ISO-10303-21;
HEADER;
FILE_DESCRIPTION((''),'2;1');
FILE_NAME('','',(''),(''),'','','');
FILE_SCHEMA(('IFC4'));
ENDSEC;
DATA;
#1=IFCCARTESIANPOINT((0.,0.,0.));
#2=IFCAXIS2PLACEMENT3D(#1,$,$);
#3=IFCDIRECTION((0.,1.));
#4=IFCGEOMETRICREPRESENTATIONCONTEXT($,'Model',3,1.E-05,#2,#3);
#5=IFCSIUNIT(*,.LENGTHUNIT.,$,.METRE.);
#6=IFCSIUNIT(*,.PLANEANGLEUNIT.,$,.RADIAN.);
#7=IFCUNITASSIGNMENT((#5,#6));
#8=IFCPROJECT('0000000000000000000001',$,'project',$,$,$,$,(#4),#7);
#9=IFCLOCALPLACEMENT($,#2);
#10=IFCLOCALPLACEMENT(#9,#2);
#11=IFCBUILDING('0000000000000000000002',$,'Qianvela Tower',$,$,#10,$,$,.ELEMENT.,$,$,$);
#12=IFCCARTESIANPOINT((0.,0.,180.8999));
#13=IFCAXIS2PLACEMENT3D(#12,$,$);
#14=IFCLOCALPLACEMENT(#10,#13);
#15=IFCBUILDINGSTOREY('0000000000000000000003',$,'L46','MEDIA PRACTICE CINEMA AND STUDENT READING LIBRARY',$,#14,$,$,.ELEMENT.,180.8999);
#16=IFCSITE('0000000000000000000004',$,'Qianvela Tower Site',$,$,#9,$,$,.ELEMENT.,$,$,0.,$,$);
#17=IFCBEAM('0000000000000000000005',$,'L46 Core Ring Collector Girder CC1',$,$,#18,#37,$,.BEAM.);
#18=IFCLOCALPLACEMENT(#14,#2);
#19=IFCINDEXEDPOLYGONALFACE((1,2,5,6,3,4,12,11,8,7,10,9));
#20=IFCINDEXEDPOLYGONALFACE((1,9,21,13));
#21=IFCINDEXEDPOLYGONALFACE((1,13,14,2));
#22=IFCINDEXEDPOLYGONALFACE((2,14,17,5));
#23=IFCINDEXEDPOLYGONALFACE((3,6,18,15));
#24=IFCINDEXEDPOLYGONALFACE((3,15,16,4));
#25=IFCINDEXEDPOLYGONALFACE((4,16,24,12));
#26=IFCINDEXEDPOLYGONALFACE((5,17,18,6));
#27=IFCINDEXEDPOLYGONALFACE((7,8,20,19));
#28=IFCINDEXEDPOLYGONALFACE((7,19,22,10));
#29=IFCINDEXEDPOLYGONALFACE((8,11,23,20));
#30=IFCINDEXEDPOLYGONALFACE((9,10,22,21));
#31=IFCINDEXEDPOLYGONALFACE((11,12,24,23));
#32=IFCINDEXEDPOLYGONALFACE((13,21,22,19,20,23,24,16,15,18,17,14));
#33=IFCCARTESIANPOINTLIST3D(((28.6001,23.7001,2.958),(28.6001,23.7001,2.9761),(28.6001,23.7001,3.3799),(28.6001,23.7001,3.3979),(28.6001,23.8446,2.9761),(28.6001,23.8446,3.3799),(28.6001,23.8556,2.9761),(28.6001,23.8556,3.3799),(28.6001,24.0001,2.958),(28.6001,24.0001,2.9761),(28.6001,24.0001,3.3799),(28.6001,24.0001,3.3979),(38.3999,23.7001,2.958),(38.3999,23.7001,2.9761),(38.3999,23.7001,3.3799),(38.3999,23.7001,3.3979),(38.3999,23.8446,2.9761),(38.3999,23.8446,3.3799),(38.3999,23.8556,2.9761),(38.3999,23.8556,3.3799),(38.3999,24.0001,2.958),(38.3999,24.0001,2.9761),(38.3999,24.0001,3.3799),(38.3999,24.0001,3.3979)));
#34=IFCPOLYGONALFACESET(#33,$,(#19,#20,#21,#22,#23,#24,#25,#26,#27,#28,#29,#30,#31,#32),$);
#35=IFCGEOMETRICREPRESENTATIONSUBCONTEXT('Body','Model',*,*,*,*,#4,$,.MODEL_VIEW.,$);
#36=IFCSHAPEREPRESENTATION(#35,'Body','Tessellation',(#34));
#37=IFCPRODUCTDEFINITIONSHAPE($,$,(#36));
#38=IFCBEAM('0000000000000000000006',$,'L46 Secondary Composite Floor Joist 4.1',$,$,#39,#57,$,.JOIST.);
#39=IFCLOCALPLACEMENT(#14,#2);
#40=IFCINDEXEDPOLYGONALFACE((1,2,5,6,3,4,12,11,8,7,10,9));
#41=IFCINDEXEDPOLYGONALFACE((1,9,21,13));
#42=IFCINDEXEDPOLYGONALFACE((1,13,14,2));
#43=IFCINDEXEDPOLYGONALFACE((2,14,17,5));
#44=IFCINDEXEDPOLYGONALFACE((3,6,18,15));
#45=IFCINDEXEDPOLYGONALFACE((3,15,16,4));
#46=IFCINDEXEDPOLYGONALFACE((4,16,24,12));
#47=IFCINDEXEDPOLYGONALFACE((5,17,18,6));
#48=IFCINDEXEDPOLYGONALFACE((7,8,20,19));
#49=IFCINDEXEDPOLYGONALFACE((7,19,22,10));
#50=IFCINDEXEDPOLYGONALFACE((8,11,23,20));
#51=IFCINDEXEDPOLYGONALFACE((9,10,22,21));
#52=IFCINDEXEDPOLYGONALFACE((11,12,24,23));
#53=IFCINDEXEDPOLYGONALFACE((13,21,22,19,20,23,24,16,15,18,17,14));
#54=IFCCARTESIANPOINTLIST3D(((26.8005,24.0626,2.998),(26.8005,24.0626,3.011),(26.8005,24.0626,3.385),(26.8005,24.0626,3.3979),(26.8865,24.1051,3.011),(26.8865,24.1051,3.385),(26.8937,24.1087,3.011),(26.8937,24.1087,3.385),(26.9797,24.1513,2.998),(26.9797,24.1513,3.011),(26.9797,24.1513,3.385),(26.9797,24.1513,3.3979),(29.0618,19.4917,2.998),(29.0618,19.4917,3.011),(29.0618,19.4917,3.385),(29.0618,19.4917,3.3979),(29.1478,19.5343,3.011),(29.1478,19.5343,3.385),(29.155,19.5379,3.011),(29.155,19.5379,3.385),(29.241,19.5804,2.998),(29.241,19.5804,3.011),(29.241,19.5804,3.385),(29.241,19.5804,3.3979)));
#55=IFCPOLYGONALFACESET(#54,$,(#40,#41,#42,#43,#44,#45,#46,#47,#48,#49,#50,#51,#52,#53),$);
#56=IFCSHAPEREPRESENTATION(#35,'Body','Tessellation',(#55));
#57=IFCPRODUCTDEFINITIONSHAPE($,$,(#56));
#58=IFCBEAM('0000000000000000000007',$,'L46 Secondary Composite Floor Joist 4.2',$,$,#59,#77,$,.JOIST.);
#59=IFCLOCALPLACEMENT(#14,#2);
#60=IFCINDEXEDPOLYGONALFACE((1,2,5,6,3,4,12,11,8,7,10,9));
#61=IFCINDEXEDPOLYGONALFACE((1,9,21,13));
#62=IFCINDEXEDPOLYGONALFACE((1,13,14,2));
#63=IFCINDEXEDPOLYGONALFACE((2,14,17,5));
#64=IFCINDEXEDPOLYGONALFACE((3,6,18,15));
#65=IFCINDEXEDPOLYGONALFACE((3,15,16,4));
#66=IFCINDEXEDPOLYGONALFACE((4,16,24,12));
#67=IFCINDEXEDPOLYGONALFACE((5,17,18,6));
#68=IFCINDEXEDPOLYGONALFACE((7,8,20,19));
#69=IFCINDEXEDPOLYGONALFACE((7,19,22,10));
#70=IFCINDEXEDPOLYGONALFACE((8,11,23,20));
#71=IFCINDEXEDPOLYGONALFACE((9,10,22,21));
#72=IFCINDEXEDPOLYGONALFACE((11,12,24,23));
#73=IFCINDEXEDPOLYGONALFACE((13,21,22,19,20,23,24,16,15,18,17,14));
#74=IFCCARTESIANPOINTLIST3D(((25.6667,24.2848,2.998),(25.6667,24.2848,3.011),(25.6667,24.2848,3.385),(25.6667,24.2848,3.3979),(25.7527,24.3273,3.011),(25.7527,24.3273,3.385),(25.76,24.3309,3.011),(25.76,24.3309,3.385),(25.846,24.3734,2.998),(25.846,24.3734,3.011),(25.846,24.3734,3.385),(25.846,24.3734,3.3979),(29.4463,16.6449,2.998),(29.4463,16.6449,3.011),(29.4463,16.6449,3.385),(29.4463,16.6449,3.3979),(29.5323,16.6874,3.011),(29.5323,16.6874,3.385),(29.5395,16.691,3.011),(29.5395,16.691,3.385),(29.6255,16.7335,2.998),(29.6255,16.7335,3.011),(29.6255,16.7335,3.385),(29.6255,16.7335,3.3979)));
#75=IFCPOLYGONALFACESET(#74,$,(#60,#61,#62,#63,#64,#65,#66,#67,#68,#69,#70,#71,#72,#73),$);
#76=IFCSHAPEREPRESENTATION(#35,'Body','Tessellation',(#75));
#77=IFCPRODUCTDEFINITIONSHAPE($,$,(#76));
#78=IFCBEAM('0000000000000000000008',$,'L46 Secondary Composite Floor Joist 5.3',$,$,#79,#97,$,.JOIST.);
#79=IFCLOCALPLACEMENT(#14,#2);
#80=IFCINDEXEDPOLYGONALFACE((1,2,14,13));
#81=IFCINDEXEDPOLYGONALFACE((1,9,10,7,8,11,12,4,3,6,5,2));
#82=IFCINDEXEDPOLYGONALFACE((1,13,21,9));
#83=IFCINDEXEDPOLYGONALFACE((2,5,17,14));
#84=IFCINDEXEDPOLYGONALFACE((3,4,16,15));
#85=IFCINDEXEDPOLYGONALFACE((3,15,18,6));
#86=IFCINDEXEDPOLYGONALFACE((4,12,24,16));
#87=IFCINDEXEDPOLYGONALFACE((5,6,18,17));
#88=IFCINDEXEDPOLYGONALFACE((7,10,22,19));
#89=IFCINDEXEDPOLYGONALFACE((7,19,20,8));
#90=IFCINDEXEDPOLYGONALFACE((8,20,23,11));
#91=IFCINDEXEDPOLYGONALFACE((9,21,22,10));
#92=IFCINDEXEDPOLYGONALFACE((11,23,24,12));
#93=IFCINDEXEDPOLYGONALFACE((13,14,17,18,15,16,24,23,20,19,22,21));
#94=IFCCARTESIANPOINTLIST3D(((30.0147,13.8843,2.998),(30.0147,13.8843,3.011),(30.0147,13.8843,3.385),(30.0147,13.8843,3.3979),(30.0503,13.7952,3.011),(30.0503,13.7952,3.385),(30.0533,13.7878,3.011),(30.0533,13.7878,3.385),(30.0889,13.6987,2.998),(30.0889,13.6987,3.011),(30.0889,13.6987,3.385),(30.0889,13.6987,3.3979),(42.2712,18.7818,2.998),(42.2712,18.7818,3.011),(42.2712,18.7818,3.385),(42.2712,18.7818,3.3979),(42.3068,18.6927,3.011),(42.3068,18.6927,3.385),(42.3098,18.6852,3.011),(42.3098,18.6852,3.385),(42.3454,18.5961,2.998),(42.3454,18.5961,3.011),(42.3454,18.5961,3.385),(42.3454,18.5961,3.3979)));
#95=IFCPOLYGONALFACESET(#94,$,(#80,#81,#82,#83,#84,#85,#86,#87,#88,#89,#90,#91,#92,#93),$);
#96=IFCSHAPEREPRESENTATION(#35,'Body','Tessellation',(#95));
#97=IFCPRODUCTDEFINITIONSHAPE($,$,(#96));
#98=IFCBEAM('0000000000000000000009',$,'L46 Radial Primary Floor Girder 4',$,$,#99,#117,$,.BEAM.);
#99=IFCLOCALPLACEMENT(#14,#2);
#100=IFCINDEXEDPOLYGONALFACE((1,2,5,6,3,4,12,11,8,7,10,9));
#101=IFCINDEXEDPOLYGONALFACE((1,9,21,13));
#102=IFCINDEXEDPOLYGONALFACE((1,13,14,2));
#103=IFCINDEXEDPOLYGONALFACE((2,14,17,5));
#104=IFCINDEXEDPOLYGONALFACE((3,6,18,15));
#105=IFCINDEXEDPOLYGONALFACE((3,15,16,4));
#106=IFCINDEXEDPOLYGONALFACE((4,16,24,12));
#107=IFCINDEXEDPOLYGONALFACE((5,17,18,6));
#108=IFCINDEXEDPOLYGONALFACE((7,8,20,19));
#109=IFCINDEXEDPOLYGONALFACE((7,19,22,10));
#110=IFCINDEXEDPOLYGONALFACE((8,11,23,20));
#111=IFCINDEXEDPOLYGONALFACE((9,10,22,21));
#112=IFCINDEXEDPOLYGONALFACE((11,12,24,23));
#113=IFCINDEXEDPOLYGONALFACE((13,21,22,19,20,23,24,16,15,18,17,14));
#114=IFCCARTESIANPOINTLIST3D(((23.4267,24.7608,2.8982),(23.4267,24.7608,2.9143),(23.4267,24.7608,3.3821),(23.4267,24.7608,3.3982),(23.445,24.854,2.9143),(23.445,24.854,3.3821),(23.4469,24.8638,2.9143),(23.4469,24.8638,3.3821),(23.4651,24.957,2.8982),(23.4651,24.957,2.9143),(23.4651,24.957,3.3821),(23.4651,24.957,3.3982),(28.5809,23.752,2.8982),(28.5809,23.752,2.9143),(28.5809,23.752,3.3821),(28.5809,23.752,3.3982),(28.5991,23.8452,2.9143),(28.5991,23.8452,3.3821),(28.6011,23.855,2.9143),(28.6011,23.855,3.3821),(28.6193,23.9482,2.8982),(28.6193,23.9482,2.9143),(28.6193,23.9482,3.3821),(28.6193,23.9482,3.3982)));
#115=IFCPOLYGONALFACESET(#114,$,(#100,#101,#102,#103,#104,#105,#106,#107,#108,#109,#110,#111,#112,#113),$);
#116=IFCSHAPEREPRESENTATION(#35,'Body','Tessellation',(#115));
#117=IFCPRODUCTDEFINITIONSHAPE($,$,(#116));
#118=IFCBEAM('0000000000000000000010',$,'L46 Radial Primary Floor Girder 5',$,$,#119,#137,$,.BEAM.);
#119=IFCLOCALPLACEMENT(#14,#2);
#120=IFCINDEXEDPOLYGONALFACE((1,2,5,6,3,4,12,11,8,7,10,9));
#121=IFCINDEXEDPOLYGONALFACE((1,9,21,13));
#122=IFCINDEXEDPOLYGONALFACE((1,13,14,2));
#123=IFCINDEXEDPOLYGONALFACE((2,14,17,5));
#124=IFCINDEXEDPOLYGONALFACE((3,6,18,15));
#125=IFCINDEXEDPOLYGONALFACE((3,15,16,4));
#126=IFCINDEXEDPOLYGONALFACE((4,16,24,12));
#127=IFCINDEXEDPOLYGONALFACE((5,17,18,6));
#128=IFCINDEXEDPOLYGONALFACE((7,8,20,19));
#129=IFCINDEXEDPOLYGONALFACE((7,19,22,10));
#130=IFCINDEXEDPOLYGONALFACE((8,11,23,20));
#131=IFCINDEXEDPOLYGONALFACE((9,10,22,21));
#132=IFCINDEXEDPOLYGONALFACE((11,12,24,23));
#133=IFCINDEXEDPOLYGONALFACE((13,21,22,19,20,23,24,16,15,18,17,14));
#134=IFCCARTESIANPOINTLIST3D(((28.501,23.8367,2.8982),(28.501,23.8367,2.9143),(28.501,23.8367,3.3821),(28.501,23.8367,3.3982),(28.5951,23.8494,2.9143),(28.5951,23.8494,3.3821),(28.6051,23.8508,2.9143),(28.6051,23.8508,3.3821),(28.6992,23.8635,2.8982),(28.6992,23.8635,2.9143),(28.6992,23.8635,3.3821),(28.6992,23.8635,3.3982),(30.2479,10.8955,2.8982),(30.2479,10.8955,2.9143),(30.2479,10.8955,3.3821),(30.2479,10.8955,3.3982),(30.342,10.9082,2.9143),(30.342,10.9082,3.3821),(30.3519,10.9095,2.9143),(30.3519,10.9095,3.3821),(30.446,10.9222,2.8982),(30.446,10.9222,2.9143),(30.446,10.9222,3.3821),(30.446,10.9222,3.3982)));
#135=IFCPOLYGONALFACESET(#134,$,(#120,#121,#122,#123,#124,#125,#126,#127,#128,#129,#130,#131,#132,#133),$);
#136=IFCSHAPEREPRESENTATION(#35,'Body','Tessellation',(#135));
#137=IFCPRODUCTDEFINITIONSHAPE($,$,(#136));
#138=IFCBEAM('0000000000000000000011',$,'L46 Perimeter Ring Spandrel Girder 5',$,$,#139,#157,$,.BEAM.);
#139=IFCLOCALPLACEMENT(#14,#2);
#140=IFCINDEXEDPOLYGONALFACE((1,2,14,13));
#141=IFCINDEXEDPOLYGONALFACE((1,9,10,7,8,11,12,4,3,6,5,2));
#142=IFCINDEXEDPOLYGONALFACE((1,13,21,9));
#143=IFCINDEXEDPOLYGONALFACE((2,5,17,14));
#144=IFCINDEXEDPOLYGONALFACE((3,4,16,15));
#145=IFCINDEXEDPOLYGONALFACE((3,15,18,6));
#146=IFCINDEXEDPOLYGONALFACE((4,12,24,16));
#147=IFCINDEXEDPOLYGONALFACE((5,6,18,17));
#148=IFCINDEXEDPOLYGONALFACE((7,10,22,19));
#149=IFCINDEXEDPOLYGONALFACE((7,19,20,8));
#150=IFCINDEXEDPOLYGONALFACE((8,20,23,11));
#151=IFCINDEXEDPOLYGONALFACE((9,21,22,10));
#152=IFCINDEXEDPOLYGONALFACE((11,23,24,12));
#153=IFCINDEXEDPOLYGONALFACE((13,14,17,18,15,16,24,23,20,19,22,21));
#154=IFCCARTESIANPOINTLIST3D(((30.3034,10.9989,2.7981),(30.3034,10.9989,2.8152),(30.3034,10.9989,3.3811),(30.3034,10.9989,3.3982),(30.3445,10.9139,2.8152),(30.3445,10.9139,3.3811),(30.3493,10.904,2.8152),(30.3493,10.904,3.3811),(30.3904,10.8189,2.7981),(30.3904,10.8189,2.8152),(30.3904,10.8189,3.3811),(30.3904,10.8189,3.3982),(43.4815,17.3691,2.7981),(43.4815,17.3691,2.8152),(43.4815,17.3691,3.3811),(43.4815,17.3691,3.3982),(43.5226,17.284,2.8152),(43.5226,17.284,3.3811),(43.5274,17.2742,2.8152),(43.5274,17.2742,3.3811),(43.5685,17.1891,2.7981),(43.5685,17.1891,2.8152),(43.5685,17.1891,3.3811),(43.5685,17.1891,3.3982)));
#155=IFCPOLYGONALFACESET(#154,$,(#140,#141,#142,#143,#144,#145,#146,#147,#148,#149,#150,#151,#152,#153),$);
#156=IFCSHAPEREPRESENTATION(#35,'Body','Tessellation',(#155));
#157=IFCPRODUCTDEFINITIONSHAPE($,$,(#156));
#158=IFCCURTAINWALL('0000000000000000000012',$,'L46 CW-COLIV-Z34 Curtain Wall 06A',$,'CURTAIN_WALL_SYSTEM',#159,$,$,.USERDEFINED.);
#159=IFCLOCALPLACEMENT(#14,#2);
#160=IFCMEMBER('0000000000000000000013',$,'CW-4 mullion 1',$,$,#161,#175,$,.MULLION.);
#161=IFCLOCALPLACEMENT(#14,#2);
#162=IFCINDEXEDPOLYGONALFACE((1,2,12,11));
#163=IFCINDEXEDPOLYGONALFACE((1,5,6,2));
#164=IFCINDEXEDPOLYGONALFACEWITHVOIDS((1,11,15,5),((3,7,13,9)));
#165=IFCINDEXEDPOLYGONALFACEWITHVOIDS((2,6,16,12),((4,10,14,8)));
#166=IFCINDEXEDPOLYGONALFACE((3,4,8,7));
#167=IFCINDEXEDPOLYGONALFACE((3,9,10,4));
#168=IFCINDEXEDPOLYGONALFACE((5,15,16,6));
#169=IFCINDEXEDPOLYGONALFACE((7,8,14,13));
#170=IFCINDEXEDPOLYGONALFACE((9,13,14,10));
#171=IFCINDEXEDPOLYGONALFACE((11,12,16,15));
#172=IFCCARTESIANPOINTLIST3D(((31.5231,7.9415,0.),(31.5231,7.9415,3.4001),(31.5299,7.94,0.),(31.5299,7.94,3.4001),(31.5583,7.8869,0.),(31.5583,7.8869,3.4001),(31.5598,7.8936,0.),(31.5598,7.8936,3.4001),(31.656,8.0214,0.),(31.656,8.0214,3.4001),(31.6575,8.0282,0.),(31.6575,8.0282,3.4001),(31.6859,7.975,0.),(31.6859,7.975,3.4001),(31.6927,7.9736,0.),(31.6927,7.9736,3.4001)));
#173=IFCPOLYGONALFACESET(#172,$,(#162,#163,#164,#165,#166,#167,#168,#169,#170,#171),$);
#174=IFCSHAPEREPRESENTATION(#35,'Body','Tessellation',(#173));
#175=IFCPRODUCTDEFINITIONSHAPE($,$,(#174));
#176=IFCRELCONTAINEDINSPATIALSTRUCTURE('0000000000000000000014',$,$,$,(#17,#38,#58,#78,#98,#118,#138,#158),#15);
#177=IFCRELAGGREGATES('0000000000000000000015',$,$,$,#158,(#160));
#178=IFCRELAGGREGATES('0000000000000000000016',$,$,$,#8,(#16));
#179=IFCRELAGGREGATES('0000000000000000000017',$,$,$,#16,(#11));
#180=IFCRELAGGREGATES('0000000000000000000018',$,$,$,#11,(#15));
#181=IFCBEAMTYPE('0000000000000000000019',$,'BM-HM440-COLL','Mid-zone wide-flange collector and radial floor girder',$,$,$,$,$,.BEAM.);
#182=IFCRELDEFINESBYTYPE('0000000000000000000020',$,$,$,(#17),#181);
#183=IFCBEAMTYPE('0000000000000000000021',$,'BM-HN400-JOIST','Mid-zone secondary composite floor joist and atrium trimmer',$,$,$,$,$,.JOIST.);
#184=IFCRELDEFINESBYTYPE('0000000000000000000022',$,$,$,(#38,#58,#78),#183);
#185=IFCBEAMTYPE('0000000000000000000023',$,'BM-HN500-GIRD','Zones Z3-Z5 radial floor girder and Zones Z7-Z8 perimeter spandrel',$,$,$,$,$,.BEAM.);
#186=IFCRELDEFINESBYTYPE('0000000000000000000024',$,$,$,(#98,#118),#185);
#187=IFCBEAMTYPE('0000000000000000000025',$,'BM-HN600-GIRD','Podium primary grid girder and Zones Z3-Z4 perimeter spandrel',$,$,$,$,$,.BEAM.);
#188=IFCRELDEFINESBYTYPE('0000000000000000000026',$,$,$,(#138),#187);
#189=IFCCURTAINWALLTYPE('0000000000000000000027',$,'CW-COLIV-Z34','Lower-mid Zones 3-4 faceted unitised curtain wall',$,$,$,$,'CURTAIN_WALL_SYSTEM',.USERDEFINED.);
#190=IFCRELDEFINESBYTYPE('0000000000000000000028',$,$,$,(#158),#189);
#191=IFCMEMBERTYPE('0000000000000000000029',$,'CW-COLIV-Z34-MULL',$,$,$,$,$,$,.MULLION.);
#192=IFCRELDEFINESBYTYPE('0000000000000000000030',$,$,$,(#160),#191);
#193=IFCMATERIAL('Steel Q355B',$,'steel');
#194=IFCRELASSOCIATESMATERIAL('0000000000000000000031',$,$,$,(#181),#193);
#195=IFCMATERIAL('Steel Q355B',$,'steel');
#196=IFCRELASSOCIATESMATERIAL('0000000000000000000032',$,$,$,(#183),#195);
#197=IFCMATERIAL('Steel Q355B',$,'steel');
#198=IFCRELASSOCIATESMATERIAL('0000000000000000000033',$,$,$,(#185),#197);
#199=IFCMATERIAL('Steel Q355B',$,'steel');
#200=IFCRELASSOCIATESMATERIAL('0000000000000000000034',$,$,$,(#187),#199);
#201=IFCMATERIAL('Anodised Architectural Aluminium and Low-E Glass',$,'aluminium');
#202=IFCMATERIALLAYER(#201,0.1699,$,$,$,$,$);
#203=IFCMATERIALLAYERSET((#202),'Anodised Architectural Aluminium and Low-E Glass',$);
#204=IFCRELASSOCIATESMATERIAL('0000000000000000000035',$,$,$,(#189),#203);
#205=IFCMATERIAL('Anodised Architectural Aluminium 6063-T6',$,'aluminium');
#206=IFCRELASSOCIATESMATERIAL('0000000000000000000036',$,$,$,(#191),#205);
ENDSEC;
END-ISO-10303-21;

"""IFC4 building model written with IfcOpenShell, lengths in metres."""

from ifc_helpers import new_model, si_unit, direction, frame, origin, origin_2d, place, context, subcontext, project, spatial, hollow_rectangle, i_section, extrude, material, layer, layer_set, material_profile, profile_set, type_object, element, aggregate, save


model = new_model("IFC4")

# Units and contexts
model_context = context("Model", 3, precision=1e-05, world=origin(), true_north=direction((0.0, 1.0)))
body_context = subcontext(model_context, "Body", "Model", "MODEL_VIEW")
ifc_project = project(units=[si_unit("LENGTHUNIT", "METRE"), si_unit("PLANEANGLEUNIT", "RADIAN")], contexts=[model_context])

# Site, building, storey
site_placement = place(None, origin())
site = spatial("IfcSite", under=ifc_project, at=site_placement, Name="Qianvela Tower Site", CompositionType="ELEMENT", RefElevation=0.0)
building_placement = place(site_placement, origin())
building = spatial("IfcBuilding", under=site, at=building_placement, Name="Qianvela Tower", CompositionType="ELEMENT")
storey_placement = place(building_placement, frame((0.0, 0.0, 180.8999)))
storey = spatial("IfcBuildingStorey", under=building, at=storey_placement, Name="L46", Description="MEDIA PRACTICE CINEMA AND STUDENT READING LIBRARY", CompositionType="ELEMENT", Elevation=180.8999)

# Beams
ifc_material_1 = material(Name="Steel Q355B", Category="steel")
ifc_material_profile_1 = material_profile(ifc_material_1, i_section(OverallWidth=0.3, OverallDepth=0.4399, WebThickness=0.011, FlangeThickness=0.0181, at=origin_2d()), Name="HM440x300x11x18")
ifc_profile_set_1 = profile_set([ifc_material_profile_1], Name="Steel Q355B")
beam_type_1 = type_object("IfcBeamType", Name="BM-HM440-COLL", Description="Mid-zone wide-flange collector and radial floor girder", PredefinedType="BEAM", material=ifc_profile_set_1)
beam_1_placement = place(storey_placement, frame((28.6001, 23.8501, 3.178), z_axis=(1.0, 0.0, 0.0), x_axis=(0.0, 1.0, 0.0)))
element("IfcBeam", 1, at=beam_1_placement, inside=storey, type_object=beam_type_1, Name="L46 Core Ring Collector Girder CC1", PredefinedType="BEAM", context=body_context, shape_type="SweptSolid", body=[
    extrude(i_section(OverallWidth=0.3, OverallDepth=0.4399, WebThickness=0.011, FlangeThickness=0.0181, at=origin_2d()), origin(), (0.0, 0.0, 1.0), 9.7998),
])
ifc_material_2 = material(Name="Steel Q355B", Category="steel")
ifc_material_profile_2 = material_profile(ifc_material_2, i_section(OverallWidth=0.2, OverallDepth=0.3999, WebThickness=0.0081, FlangeThickness=0.0129, at=origin_2d()), Name="HN400x200x8x13")
ifc_profile_set_2 = profile_set([ifc_material_profile_2], Name="Steel Q355B")
beam_type_2 = type_object("IfcBeamType", Name="BM-HN400-JOIST", Description="Mid-zone secondary composite floor joist and atrium trimmer", PredefinedType="JOIST", material=ifc_profile_set_2)
beam_2_placement = place(storey_placement, frame((26.8901, 24.1069, 3.198), z_axis=(0.443418, -0.896315, 0.0), x_axis=(0.896315, 0.443418, 0.0)))
element("IfcBeam", 2, at=beam_2_placement, inside=storey, type_object=beam_type_2, Name="L46 Secondary Composite Floor Joist 4.1", PredefinedType="JOIST", context=body_context, shape_type="SweptSolid", body=[
    extrude(i_section(OverallWidth=0.2, OverallDepth=0.3999, WebThickness=0.0081, FlangeThickness=0.0129, at=origin_2d()), origin(), (0.0, 0.0, 1.0), 5.0996),
])
beam_3_placement = place(storey_placement, frame((25.7563, 24.3291, 3.198), z_axis=(0.443417, -0.896315, 0.0), x_axis=(0.896315, 0.443417, 0.0)))
element("IfcBeam", 3, at=beam_3_placement, inside=storey, type_object=beam_type_2, Name="L46 Secondary Composite Floor Joist 4.2", PredefinedType="JOIST", context=body_context, shape_type="SweptSolid", body=[
    extrude(i_section(OverallWidth=0.2, OverallDepth=0.3999, WebThickness=0.0081, FlangeThickness=0.0129, at=origin_2d()), origin(), (0.0, 0.0, 1.0), 8.5237),
])
beam_4_placement = place(storey_placement, frame((30.0518, 13.7915, 3.198), z_axis=(0.928612, 0.371053, 0.0), x_axis=(-0.371053, 0.928612, 0.0)))
element("IfcBeam", 4, at=beam_4_placement, inside=storey, type_object=beam_type_2, Name="L46 Secondary Composite Floor Joist 5.3", PredefinedType="JOIST", context=body_context, shape_type="SweptSolid", body=[
    extrude(i_section(OverallWidth=0.2, OverallDepth=0.3999, WebThickness=0.0081, FlangeThickness=0.0129, at=origin_2d()), origin(), (0.0, 0.0, 1.0), 13.1987),
])
ifc_material_3 = material(Name="Steel Q355B", Category="steel")
ifc_material_profile_3 = material_profile(ifc_material_3, i_section(OverallWidth=0.2, OverallDepth=0.5, WebThickness=0.01, FlangeThickness=0.0161, at=origin_2d()), Name="HN500x200x10x16")
ifc_profile_set_3 = profile_set([ifc_material_profile_3], Name="Steel Q355B")
beam_type_3 = type_object("IfcBeamType", Name="BM-HN500-GIRD", Description="Zones Z3-Z5 radial floor girder and Zones Z7-Z8 perimeter spandrel", PredefinedType="BEAM", material=ifc_profile_set_3)
beam_5_placement = place(storey_placement, frame((28.6001, 23.8501, 3.1482), z_axis=(-0.981379, 0.192083, 0.0), x_axis=(-0.192083, -0.981379, 0.0)))
element("IfcBeam", 5, at=beam_5_placement, inside=storey, type_object=beam_type_3, Name="L46 Radial Primary Floor Girder 4", PredefinedType="BEAM", context=body_context, shape_type="SweptSolid", body=[
    extrude(i_section(OverallWidth=0.2, OverallDepth=0.5, WebThickness=0.01, FlangeThickness=0.0161, at=origin_2d()), origin(), (0.0, 0.0, 1.0), 5.252),
])
beam_6_placement = place(storey_placement, frame((28.6001, 23.8501, 3.1482), z_axis=(0.133769, -0.991013, 0.0), x_axis=(0.991013, 0.133769, 0.0)))
element("IfcBeam", 6, at=beam_6_placement, inside=storey, type_object=beam_type_3, Name="L46 Radial Primary Floor Girder 5", PredefinedType="BEAM", context=body_context, shape_type="SweptSolid", body=[
    extrude(i_section(OverallWidth=0.2, OverallDepth=0.5, WebThickness=0.01, FlangeThickness=0.0161, at=origin_2d()), origin(), (0.0, 0.0, 1.0), 13.0586),
])
ifc_material_4 = material(Name="Steel Q355B", Category="steel")
ifc_material_profile_4 = material_profile(ifc_material_4, i_section(OverallWidth=0.2, OverallDepth=0.6001, WebThickness=0.011, FlangeThickness=0.0171, at=origin_2d()), Name="HN600x200x11x17")
ifc_profile_set_4 = profile_set([ifc_material_profile_4], Name="Steel Q355B")
beam_type_4 = type_object("IfcBeamType", Name="BM-HN600-GIRD", Description="Podium primary grid girder and Zones Z3-Z4 perimeter spandrel", PredefinedType="BEAM", material=ifc_profile_set_4)
beam_7_placement = place(storey_placement, frame((30.3469, 10.9089, 3.0981), z_axis=(0.900329, 0.435211, 0.0), x_axis=(-0.435211, 0.900329, 0.0)))
element("IfcBeam", 7, at=beam_7_placement, inside=storey, type_object=beam_type_4, Name="L46 Perimeter Ring Spandrel Girder 5", PredefinedType="BEAM", context=body_context, shape_type="SweptSolid", body=[
    extrude(i_section(OverallWidth=0.2, OverallDepth=0.6001, WebThickness=0.011, FlangeThickness=0.0171, at=origin_2d()), origin(), (0.0, 0.0, 1.0), 14.637),
])

# Curtain wall, member
ifc_material_5 = material(Name="Anodised Architectural Aluminium and Low-E Glass", Category="aluminium")
ifc_layer_1 = layer(ifc_material_5, 0.1699)
ifc_layer_set_1 = layer_set([ifc_layer_1], Name="Anodised Architectural Aluminium and Low-E Glass")
curtain_wall_type = type_object("IfcCurtainWallType", Name="CW-COLIV-Z34", Description="Lower-mid Zones 3-4 faceted unitised curtain wall", ElementType="CURTAIN_WALL_SYSTEM", PredefinedType="USERDEFINED", material=ifc_layer_set_1)
curtain_wall_placement = place(storey_placement, origin())
curtain_wall = element("IfcCurtainWall", 8, at=curtain_wall_placement, inside=storey, type_object=curtain_wall_type, Name="L46 CW-COLIV-Z34 Curtain Wall 06A", ObjectType="CURTAIN_WALL_SYSTEM", PredefinedType="USERDEFINED")
ifc_material_6 = material(Name="Anodised Architectural Aluminium 6063-T6", Category="aluminium")
ifc_material_profile_5 = material_profile(ifc_material_6, hollow_rectangle(XDim=0.0649, YDim=0.1599, WallThickness=0.0049, at=origin_2d()), Name="ALU-MULL-65x160")
ifc_profile_set_5 = profile_set([ifc_material_profile_5], Name="Anodised Architectural Aluminium 6063-T6")
member_type_1 = type_object("IfcMemberType", Name="CW-COLIV-Z34-MULL", PredefinedType="MULLION", material=ifc_profile_set_5)
member_1_placement = place(storey_placement, frame((31.6079, 7.9575, 0.0), z_axis=(0.0, 0.0, 1.0), x_axis=(-0.542189, 0.840257, 0.0)))
member_1 = element("IfcMember", 9, at=member_1_placement, type_object=member_type_1, Name="CW-4 mullion 1", PredefinedType="MULLION", context=body_context, shape_type="SweptSolid", body=[
    extrude(hollow_rectangle(XDim=0.0649, YDim=0.1599, WallThickness=0.0049, at=origin_2d()), origin(), (0.0, 0.0, 1.0), 3.4001),
])
aggregate(curtain_wall, [member_1])

save(model, "model.ifc")
